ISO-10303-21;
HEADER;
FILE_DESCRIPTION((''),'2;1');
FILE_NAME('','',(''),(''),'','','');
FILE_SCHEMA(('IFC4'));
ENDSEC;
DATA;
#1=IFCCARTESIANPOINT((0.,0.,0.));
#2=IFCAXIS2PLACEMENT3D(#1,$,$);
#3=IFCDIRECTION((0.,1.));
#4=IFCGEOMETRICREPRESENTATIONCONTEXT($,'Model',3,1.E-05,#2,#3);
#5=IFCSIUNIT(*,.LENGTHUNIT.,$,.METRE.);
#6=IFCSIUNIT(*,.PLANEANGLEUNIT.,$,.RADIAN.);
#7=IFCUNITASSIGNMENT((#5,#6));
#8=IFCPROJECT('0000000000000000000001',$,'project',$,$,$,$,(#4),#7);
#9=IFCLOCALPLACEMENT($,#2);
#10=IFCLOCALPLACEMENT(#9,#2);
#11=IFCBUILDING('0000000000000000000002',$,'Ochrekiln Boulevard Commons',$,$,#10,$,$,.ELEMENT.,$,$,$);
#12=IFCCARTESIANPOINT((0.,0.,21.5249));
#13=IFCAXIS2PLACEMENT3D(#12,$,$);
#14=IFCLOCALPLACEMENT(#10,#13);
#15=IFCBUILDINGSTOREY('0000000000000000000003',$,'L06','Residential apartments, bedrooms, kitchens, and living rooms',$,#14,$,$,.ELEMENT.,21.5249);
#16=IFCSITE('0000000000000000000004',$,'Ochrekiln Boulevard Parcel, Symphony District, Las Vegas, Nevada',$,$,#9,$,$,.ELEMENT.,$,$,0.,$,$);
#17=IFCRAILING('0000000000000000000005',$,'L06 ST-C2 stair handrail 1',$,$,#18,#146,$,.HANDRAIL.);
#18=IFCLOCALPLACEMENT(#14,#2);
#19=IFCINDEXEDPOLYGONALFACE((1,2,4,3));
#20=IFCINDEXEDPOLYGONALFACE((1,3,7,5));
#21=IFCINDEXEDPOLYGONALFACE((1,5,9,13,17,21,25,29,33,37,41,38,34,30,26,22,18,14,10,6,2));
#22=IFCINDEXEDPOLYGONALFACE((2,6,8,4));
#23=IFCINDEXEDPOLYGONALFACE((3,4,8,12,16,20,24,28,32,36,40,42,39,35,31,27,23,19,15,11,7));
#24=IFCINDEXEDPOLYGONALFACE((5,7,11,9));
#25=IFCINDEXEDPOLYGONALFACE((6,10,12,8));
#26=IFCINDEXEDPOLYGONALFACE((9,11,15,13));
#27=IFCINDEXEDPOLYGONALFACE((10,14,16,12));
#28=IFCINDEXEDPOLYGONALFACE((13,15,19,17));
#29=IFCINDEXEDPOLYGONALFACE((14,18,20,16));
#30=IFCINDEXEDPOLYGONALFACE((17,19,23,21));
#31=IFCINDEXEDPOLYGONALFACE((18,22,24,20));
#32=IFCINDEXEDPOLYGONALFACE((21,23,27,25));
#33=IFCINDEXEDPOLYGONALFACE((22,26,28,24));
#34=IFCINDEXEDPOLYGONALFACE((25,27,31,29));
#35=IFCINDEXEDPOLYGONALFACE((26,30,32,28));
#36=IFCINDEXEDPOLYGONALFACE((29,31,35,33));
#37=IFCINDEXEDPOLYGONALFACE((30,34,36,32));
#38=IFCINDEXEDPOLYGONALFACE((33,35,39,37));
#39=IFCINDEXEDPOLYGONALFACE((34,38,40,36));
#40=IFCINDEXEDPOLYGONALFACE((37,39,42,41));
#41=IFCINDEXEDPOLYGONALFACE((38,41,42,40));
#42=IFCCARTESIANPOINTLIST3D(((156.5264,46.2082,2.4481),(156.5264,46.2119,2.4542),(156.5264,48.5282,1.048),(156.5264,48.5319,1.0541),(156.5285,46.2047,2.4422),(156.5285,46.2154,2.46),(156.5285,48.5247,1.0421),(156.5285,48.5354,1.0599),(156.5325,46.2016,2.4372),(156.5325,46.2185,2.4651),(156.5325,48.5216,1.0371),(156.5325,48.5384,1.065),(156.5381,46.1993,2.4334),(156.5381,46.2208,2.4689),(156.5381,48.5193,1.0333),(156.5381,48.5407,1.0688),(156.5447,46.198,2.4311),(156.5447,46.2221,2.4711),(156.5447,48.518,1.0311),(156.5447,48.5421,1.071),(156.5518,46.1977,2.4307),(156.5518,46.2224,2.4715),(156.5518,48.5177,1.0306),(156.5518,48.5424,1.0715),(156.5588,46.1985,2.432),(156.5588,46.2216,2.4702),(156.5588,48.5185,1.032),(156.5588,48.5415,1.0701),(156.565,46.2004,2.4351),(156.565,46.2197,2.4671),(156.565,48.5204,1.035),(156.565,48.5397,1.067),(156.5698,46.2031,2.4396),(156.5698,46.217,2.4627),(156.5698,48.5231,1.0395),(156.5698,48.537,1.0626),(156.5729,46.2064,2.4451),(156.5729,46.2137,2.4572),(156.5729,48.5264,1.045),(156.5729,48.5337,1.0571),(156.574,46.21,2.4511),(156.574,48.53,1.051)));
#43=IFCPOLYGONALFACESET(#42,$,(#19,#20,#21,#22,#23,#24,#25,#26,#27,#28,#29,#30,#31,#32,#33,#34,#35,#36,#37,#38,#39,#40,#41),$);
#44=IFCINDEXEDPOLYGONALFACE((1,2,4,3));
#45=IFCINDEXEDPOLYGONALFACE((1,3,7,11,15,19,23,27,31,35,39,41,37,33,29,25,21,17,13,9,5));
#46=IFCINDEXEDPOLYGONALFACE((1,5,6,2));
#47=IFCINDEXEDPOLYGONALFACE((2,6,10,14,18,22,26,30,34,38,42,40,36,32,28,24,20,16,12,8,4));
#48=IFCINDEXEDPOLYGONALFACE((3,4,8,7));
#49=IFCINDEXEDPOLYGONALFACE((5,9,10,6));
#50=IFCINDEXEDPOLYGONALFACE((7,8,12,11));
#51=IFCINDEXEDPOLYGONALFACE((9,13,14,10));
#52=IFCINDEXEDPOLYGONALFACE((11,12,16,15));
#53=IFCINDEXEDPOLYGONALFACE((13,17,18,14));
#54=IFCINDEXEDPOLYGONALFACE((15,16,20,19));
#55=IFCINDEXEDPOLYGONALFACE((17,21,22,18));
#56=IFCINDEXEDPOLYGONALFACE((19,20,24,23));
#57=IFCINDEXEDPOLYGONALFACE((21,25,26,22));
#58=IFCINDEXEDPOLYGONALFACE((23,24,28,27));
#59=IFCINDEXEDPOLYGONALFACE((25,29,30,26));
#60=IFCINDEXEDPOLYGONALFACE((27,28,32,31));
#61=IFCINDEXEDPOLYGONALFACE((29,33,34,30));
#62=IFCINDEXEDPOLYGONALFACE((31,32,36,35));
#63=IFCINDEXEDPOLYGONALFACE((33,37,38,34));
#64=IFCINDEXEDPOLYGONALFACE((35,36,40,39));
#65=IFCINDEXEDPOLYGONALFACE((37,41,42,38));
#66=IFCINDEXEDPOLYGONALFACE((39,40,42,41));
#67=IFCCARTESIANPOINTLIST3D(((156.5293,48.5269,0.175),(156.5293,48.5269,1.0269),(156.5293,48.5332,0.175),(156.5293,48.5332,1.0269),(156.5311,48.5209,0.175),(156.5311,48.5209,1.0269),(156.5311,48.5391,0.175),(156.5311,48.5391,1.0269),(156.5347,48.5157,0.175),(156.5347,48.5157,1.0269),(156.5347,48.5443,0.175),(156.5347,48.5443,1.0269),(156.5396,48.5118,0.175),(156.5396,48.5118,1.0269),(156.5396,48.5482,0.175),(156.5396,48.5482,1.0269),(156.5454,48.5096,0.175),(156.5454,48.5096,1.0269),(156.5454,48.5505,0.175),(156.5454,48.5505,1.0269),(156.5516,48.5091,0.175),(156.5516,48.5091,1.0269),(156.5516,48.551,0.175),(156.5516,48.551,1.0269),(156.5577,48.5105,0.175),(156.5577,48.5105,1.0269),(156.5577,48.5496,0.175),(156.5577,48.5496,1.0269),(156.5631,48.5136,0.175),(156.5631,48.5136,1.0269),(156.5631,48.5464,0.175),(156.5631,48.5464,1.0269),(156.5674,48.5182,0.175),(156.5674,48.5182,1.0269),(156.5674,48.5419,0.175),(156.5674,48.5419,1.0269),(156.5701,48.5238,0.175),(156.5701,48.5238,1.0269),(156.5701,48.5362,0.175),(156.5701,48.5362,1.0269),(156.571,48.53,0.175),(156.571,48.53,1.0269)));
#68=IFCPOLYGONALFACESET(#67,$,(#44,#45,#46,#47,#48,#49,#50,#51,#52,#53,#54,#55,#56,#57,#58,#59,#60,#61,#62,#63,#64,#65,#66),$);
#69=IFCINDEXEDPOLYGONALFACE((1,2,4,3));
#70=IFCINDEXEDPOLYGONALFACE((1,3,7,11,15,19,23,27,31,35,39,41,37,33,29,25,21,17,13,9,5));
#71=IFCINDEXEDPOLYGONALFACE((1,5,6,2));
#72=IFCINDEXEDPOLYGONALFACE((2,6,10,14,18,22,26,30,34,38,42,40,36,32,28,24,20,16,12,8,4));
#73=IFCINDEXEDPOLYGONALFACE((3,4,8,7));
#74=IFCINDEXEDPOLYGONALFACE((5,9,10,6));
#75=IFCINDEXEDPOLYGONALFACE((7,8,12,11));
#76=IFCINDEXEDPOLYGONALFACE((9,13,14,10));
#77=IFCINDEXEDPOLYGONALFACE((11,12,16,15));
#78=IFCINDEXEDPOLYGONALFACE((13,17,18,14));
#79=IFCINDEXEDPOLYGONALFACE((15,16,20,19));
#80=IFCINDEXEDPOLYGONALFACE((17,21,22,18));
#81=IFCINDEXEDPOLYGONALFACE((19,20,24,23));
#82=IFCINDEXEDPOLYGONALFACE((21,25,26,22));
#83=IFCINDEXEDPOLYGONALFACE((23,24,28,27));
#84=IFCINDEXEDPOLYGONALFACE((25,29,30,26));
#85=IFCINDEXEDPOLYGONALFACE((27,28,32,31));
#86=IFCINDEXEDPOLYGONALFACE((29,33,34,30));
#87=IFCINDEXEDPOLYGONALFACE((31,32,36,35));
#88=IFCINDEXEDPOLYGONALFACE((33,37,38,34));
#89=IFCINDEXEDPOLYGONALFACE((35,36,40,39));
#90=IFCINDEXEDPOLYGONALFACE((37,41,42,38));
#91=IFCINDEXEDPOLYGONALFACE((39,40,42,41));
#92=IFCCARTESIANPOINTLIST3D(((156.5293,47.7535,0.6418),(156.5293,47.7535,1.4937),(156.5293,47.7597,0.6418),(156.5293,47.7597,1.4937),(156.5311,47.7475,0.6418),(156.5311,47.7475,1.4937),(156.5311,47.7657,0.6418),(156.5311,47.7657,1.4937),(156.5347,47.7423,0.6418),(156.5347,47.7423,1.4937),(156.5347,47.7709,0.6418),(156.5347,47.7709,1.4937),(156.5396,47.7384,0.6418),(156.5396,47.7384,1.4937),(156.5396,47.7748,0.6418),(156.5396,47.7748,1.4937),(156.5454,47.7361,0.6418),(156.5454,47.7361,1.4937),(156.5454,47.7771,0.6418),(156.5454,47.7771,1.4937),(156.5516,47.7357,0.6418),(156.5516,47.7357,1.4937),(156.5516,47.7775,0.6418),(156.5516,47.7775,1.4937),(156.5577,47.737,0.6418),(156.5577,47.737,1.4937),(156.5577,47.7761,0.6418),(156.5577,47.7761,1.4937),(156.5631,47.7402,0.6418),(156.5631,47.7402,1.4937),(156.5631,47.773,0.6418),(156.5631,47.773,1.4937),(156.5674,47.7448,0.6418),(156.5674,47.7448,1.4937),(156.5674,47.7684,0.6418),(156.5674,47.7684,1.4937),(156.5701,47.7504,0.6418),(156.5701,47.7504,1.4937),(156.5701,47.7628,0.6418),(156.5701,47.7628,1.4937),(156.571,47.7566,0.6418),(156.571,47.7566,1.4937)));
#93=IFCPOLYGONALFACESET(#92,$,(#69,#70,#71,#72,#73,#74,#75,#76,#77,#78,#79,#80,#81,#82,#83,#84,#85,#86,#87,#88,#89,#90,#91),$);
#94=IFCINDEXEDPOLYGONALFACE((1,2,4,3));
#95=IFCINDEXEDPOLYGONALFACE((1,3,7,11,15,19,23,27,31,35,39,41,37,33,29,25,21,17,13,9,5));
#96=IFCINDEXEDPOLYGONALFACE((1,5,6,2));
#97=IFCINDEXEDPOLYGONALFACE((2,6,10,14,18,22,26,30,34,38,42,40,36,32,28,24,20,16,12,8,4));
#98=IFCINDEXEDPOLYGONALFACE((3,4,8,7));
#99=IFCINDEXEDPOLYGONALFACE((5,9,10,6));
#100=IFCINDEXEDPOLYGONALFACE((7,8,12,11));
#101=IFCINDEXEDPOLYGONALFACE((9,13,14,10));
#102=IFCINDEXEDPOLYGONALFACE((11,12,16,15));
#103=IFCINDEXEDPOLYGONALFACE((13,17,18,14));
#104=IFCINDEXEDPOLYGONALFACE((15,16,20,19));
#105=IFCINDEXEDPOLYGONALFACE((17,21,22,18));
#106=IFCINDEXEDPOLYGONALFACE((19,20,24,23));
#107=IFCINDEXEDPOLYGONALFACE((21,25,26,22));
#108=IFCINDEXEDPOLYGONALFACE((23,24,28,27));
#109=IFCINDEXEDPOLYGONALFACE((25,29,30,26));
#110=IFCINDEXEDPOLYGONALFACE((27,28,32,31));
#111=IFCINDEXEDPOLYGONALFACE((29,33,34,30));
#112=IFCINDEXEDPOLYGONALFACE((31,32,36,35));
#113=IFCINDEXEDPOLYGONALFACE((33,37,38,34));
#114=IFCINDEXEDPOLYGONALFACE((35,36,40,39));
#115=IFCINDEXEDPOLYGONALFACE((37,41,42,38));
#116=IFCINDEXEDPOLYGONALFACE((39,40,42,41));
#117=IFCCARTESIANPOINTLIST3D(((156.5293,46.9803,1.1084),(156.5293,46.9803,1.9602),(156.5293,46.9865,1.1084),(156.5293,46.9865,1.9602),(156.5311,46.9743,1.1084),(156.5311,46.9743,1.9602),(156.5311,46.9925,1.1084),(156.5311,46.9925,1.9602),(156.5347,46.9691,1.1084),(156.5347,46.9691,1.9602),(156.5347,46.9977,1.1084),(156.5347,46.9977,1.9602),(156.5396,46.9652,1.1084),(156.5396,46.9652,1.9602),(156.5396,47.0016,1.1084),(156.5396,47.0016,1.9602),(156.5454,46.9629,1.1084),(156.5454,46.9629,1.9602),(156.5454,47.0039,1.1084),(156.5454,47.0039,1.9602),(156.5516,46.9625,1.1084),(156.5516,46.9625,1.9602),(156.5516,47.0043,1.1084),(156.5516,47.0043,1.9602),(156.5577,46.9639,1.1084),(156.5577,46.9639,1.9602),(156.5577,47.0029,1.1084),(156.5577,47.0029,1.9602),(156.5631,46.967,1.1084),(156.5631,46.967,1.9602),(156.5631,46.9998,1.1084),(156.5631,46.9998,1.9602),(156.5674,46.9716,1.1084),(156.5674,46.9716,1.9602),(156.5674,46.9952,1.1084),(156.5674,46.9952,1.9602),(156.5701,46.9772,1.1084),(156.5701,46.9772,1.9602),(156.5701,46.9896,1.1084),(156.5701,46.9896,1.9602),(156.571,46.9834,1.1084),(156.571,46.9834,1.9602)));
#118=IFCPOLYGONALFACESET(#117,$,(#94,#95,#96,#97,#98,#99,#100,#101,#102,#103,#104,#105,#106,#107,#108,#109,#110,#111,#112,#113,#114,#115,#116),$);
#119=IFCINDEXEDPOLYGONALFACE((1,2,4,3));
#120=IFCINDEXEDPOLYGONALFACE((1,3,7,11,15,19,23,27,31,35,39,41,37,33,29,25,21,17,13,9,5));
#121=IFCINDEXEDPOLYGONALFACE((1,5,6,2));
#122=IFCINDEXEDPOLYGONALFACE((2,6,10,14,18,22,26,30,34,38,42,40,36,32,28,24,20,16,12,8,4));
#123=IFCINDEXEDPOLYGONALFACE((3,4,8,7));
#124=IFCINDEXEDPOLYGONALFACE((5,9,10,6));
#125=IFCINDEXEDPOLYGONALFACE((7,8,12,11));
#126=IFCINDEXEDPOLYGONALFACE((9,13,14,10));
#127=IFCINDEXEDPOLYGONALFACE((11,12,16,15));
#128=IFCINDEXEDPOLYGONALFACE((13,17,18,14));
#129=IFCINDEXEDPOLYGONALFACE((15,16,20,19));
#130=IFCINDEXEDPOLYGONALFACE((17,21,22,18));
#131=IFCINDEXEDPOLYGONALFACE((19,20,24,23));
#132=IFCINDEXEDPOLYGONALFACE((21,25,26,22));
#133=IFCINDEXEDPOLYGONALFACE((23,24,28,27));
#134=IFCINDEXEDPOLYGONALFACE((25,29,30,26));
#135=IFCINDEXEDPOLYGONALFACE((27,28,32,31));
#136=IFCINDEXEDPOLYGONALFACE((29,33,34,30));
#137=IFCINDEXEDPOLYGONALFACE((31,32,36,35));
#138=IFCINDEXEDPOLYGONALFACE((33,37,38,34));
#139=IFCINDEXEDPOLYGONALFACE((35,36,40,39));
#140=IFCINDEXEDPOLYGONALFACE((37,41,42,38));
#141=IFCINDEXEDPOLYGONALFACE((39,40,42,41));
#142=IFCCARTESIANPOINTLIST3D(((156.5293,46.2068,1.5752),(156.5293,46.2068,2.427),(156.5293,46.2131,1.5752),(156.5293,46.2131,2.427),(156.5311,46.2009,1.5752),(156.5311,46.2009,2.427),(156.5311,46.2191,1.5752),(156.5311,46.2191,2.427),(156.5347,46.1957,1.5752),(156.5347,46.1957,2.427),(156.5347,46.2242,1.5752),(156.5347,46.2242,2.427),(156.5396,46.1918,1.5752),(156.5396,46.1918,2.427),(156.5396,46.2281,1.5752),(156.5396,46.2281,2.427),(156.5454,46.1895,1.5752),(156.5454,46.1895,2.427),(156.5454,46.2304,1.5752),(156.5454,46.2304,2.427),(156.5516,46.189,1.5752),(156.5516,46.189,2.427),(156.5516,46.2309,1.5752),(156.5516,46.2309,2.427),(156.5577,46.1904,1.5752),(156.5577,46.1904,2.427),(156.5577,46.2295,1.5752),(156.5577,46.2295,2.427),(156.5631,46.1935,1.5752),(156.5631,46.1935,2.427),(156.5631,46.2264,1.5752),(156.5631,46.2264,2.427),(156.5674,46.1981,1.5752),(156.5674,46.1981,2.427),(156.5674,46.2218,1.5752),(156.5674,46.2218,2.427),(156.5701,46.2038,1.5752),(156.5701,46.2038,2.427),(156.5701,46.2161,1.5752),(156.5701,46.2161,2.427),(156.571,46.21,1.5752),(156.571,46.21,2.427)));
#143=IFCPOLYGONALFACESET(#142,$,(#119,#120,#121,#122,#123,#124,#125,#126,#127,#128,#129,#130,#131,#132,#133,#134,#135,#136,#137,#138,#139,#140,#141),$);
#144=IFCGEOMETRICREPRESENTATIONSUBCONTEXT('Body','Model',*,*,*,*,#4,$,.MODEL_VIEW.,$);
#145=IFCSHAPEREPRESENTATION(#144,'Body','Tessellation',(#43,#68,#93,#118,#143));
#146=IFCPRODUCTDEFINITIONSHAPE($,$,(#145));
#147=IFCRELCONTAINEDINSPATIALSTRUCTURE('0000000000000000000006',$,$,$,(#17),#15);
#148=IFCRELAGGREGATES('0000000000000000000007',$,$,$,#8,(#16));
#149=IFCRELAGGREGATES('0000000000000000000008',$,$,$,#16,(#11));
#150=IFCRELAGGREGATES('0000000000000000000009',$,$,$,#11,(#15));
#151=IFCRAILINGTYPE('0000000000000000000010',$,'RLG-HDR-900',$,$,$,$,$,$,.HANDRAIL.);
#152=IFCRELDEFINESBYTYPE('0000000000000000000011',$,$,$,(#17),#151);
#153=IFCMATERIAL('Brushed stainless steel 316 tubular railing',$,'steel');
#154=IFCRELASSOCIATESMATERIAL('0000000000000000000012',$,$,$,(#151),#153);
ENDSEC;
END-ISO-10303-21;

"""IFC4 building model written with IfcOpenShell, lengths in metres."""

from ifc_helpers import new_model, si_unit, direction, frame, origin, origin_2d, place, context, subcontext, project, spatial, circle, extrude, material, type_object, element, save


model = new_model("IFC4")

# Units and contexts
model_context = context("Model", 3, precision=1e-05, world=origin(), true_north=direction((0.0, 1.0)))
body_context = subcontext(model_context, "Body", "Model", "MODEL_VIEW")
ifc_project = project(units=[si_unit("LENGTHUNIT", "METRE"), si_unit("PLANEANGLEUNIT", "RADIAN")], contexts=[model_context])

# Site, building, storey
site_placement = place(None, origin())
site = spatial("IfcSite", under=ifc_project, at=site_placement, Name="Ochrekiln Boulevard Parcel, Symphony District, Las Vegas, Nevada", CompositionType="ELEMENT", RefElevation=0.0)
building_placement = place(site_placement, origin())
building = spatial("IfcBuilding", under=site, at=building_placement, Name="Ochrekiln Boulevard Commons", CompositionType="ELEMENT")
storey_placement = place(building_placement, frame((0.0, 0.0, 21.5249)))
storey = spatial("IfcBuildingStorey", under=building, at=storey_placement, Name="L06", Description="Residential apartments, bedrooms, kitchens, and living rooms", CompositionType="ELEMENT", Elevation=21.5249)

# Railing
ifc_material_1 = material(Name="Brushed stainless steel 316 tubular railing", Category="steel")
railing_type_1 = type_object("IfcRailingType", Name="RLG-HDR-900", PredefinedType="HANDRAIL", material=ifc_material_1)
railing_1_placement = place(storey_placement, frame((156.55, 48.53, 0.175)))
element("IfcRailing", 1, at=railing_1_placement, inside=storey, type_object=railing_type_1, Name="L06 ST-C2 stair handrail 1", PredefinedType="HANDRAIL", context=body_context, shape_type="SweptSolid", body=[
    extrude(circle(Radius=0.0239, at=origin_2d()), frame((0.0, 0.0, 0.876), z_axis=(0.0, -0.85617, 0.516693), x_axis=(1.0, 0.0, 0.0)), (0.0, 0.0, 1.0), 2.7097),
    extrude(circle(Radius=0.021, at=origin_2d()), origin(), (0.0, 0.0, 1.0), 0.8518),
    extrude(circle(Radius=0.021, at=origin_2d()), frame((0.0, -0.7734, 0.4668)), (0.0, 0.0, 1.0), 0.8518),
    extrude(circle(Radius=0.021, at=origin_2d()), frame((0.0, -1.5466, 0.9333)), (0.0, 0.0, 1.0), 0.8518),
    extrude(circle(Radius=0.021, at=origin_2d()), frame((0.0, -2.3201, 1.4001)), (0.0, 0.0, 1.0), 0.8518),
])

save(model, "model.ifc")
